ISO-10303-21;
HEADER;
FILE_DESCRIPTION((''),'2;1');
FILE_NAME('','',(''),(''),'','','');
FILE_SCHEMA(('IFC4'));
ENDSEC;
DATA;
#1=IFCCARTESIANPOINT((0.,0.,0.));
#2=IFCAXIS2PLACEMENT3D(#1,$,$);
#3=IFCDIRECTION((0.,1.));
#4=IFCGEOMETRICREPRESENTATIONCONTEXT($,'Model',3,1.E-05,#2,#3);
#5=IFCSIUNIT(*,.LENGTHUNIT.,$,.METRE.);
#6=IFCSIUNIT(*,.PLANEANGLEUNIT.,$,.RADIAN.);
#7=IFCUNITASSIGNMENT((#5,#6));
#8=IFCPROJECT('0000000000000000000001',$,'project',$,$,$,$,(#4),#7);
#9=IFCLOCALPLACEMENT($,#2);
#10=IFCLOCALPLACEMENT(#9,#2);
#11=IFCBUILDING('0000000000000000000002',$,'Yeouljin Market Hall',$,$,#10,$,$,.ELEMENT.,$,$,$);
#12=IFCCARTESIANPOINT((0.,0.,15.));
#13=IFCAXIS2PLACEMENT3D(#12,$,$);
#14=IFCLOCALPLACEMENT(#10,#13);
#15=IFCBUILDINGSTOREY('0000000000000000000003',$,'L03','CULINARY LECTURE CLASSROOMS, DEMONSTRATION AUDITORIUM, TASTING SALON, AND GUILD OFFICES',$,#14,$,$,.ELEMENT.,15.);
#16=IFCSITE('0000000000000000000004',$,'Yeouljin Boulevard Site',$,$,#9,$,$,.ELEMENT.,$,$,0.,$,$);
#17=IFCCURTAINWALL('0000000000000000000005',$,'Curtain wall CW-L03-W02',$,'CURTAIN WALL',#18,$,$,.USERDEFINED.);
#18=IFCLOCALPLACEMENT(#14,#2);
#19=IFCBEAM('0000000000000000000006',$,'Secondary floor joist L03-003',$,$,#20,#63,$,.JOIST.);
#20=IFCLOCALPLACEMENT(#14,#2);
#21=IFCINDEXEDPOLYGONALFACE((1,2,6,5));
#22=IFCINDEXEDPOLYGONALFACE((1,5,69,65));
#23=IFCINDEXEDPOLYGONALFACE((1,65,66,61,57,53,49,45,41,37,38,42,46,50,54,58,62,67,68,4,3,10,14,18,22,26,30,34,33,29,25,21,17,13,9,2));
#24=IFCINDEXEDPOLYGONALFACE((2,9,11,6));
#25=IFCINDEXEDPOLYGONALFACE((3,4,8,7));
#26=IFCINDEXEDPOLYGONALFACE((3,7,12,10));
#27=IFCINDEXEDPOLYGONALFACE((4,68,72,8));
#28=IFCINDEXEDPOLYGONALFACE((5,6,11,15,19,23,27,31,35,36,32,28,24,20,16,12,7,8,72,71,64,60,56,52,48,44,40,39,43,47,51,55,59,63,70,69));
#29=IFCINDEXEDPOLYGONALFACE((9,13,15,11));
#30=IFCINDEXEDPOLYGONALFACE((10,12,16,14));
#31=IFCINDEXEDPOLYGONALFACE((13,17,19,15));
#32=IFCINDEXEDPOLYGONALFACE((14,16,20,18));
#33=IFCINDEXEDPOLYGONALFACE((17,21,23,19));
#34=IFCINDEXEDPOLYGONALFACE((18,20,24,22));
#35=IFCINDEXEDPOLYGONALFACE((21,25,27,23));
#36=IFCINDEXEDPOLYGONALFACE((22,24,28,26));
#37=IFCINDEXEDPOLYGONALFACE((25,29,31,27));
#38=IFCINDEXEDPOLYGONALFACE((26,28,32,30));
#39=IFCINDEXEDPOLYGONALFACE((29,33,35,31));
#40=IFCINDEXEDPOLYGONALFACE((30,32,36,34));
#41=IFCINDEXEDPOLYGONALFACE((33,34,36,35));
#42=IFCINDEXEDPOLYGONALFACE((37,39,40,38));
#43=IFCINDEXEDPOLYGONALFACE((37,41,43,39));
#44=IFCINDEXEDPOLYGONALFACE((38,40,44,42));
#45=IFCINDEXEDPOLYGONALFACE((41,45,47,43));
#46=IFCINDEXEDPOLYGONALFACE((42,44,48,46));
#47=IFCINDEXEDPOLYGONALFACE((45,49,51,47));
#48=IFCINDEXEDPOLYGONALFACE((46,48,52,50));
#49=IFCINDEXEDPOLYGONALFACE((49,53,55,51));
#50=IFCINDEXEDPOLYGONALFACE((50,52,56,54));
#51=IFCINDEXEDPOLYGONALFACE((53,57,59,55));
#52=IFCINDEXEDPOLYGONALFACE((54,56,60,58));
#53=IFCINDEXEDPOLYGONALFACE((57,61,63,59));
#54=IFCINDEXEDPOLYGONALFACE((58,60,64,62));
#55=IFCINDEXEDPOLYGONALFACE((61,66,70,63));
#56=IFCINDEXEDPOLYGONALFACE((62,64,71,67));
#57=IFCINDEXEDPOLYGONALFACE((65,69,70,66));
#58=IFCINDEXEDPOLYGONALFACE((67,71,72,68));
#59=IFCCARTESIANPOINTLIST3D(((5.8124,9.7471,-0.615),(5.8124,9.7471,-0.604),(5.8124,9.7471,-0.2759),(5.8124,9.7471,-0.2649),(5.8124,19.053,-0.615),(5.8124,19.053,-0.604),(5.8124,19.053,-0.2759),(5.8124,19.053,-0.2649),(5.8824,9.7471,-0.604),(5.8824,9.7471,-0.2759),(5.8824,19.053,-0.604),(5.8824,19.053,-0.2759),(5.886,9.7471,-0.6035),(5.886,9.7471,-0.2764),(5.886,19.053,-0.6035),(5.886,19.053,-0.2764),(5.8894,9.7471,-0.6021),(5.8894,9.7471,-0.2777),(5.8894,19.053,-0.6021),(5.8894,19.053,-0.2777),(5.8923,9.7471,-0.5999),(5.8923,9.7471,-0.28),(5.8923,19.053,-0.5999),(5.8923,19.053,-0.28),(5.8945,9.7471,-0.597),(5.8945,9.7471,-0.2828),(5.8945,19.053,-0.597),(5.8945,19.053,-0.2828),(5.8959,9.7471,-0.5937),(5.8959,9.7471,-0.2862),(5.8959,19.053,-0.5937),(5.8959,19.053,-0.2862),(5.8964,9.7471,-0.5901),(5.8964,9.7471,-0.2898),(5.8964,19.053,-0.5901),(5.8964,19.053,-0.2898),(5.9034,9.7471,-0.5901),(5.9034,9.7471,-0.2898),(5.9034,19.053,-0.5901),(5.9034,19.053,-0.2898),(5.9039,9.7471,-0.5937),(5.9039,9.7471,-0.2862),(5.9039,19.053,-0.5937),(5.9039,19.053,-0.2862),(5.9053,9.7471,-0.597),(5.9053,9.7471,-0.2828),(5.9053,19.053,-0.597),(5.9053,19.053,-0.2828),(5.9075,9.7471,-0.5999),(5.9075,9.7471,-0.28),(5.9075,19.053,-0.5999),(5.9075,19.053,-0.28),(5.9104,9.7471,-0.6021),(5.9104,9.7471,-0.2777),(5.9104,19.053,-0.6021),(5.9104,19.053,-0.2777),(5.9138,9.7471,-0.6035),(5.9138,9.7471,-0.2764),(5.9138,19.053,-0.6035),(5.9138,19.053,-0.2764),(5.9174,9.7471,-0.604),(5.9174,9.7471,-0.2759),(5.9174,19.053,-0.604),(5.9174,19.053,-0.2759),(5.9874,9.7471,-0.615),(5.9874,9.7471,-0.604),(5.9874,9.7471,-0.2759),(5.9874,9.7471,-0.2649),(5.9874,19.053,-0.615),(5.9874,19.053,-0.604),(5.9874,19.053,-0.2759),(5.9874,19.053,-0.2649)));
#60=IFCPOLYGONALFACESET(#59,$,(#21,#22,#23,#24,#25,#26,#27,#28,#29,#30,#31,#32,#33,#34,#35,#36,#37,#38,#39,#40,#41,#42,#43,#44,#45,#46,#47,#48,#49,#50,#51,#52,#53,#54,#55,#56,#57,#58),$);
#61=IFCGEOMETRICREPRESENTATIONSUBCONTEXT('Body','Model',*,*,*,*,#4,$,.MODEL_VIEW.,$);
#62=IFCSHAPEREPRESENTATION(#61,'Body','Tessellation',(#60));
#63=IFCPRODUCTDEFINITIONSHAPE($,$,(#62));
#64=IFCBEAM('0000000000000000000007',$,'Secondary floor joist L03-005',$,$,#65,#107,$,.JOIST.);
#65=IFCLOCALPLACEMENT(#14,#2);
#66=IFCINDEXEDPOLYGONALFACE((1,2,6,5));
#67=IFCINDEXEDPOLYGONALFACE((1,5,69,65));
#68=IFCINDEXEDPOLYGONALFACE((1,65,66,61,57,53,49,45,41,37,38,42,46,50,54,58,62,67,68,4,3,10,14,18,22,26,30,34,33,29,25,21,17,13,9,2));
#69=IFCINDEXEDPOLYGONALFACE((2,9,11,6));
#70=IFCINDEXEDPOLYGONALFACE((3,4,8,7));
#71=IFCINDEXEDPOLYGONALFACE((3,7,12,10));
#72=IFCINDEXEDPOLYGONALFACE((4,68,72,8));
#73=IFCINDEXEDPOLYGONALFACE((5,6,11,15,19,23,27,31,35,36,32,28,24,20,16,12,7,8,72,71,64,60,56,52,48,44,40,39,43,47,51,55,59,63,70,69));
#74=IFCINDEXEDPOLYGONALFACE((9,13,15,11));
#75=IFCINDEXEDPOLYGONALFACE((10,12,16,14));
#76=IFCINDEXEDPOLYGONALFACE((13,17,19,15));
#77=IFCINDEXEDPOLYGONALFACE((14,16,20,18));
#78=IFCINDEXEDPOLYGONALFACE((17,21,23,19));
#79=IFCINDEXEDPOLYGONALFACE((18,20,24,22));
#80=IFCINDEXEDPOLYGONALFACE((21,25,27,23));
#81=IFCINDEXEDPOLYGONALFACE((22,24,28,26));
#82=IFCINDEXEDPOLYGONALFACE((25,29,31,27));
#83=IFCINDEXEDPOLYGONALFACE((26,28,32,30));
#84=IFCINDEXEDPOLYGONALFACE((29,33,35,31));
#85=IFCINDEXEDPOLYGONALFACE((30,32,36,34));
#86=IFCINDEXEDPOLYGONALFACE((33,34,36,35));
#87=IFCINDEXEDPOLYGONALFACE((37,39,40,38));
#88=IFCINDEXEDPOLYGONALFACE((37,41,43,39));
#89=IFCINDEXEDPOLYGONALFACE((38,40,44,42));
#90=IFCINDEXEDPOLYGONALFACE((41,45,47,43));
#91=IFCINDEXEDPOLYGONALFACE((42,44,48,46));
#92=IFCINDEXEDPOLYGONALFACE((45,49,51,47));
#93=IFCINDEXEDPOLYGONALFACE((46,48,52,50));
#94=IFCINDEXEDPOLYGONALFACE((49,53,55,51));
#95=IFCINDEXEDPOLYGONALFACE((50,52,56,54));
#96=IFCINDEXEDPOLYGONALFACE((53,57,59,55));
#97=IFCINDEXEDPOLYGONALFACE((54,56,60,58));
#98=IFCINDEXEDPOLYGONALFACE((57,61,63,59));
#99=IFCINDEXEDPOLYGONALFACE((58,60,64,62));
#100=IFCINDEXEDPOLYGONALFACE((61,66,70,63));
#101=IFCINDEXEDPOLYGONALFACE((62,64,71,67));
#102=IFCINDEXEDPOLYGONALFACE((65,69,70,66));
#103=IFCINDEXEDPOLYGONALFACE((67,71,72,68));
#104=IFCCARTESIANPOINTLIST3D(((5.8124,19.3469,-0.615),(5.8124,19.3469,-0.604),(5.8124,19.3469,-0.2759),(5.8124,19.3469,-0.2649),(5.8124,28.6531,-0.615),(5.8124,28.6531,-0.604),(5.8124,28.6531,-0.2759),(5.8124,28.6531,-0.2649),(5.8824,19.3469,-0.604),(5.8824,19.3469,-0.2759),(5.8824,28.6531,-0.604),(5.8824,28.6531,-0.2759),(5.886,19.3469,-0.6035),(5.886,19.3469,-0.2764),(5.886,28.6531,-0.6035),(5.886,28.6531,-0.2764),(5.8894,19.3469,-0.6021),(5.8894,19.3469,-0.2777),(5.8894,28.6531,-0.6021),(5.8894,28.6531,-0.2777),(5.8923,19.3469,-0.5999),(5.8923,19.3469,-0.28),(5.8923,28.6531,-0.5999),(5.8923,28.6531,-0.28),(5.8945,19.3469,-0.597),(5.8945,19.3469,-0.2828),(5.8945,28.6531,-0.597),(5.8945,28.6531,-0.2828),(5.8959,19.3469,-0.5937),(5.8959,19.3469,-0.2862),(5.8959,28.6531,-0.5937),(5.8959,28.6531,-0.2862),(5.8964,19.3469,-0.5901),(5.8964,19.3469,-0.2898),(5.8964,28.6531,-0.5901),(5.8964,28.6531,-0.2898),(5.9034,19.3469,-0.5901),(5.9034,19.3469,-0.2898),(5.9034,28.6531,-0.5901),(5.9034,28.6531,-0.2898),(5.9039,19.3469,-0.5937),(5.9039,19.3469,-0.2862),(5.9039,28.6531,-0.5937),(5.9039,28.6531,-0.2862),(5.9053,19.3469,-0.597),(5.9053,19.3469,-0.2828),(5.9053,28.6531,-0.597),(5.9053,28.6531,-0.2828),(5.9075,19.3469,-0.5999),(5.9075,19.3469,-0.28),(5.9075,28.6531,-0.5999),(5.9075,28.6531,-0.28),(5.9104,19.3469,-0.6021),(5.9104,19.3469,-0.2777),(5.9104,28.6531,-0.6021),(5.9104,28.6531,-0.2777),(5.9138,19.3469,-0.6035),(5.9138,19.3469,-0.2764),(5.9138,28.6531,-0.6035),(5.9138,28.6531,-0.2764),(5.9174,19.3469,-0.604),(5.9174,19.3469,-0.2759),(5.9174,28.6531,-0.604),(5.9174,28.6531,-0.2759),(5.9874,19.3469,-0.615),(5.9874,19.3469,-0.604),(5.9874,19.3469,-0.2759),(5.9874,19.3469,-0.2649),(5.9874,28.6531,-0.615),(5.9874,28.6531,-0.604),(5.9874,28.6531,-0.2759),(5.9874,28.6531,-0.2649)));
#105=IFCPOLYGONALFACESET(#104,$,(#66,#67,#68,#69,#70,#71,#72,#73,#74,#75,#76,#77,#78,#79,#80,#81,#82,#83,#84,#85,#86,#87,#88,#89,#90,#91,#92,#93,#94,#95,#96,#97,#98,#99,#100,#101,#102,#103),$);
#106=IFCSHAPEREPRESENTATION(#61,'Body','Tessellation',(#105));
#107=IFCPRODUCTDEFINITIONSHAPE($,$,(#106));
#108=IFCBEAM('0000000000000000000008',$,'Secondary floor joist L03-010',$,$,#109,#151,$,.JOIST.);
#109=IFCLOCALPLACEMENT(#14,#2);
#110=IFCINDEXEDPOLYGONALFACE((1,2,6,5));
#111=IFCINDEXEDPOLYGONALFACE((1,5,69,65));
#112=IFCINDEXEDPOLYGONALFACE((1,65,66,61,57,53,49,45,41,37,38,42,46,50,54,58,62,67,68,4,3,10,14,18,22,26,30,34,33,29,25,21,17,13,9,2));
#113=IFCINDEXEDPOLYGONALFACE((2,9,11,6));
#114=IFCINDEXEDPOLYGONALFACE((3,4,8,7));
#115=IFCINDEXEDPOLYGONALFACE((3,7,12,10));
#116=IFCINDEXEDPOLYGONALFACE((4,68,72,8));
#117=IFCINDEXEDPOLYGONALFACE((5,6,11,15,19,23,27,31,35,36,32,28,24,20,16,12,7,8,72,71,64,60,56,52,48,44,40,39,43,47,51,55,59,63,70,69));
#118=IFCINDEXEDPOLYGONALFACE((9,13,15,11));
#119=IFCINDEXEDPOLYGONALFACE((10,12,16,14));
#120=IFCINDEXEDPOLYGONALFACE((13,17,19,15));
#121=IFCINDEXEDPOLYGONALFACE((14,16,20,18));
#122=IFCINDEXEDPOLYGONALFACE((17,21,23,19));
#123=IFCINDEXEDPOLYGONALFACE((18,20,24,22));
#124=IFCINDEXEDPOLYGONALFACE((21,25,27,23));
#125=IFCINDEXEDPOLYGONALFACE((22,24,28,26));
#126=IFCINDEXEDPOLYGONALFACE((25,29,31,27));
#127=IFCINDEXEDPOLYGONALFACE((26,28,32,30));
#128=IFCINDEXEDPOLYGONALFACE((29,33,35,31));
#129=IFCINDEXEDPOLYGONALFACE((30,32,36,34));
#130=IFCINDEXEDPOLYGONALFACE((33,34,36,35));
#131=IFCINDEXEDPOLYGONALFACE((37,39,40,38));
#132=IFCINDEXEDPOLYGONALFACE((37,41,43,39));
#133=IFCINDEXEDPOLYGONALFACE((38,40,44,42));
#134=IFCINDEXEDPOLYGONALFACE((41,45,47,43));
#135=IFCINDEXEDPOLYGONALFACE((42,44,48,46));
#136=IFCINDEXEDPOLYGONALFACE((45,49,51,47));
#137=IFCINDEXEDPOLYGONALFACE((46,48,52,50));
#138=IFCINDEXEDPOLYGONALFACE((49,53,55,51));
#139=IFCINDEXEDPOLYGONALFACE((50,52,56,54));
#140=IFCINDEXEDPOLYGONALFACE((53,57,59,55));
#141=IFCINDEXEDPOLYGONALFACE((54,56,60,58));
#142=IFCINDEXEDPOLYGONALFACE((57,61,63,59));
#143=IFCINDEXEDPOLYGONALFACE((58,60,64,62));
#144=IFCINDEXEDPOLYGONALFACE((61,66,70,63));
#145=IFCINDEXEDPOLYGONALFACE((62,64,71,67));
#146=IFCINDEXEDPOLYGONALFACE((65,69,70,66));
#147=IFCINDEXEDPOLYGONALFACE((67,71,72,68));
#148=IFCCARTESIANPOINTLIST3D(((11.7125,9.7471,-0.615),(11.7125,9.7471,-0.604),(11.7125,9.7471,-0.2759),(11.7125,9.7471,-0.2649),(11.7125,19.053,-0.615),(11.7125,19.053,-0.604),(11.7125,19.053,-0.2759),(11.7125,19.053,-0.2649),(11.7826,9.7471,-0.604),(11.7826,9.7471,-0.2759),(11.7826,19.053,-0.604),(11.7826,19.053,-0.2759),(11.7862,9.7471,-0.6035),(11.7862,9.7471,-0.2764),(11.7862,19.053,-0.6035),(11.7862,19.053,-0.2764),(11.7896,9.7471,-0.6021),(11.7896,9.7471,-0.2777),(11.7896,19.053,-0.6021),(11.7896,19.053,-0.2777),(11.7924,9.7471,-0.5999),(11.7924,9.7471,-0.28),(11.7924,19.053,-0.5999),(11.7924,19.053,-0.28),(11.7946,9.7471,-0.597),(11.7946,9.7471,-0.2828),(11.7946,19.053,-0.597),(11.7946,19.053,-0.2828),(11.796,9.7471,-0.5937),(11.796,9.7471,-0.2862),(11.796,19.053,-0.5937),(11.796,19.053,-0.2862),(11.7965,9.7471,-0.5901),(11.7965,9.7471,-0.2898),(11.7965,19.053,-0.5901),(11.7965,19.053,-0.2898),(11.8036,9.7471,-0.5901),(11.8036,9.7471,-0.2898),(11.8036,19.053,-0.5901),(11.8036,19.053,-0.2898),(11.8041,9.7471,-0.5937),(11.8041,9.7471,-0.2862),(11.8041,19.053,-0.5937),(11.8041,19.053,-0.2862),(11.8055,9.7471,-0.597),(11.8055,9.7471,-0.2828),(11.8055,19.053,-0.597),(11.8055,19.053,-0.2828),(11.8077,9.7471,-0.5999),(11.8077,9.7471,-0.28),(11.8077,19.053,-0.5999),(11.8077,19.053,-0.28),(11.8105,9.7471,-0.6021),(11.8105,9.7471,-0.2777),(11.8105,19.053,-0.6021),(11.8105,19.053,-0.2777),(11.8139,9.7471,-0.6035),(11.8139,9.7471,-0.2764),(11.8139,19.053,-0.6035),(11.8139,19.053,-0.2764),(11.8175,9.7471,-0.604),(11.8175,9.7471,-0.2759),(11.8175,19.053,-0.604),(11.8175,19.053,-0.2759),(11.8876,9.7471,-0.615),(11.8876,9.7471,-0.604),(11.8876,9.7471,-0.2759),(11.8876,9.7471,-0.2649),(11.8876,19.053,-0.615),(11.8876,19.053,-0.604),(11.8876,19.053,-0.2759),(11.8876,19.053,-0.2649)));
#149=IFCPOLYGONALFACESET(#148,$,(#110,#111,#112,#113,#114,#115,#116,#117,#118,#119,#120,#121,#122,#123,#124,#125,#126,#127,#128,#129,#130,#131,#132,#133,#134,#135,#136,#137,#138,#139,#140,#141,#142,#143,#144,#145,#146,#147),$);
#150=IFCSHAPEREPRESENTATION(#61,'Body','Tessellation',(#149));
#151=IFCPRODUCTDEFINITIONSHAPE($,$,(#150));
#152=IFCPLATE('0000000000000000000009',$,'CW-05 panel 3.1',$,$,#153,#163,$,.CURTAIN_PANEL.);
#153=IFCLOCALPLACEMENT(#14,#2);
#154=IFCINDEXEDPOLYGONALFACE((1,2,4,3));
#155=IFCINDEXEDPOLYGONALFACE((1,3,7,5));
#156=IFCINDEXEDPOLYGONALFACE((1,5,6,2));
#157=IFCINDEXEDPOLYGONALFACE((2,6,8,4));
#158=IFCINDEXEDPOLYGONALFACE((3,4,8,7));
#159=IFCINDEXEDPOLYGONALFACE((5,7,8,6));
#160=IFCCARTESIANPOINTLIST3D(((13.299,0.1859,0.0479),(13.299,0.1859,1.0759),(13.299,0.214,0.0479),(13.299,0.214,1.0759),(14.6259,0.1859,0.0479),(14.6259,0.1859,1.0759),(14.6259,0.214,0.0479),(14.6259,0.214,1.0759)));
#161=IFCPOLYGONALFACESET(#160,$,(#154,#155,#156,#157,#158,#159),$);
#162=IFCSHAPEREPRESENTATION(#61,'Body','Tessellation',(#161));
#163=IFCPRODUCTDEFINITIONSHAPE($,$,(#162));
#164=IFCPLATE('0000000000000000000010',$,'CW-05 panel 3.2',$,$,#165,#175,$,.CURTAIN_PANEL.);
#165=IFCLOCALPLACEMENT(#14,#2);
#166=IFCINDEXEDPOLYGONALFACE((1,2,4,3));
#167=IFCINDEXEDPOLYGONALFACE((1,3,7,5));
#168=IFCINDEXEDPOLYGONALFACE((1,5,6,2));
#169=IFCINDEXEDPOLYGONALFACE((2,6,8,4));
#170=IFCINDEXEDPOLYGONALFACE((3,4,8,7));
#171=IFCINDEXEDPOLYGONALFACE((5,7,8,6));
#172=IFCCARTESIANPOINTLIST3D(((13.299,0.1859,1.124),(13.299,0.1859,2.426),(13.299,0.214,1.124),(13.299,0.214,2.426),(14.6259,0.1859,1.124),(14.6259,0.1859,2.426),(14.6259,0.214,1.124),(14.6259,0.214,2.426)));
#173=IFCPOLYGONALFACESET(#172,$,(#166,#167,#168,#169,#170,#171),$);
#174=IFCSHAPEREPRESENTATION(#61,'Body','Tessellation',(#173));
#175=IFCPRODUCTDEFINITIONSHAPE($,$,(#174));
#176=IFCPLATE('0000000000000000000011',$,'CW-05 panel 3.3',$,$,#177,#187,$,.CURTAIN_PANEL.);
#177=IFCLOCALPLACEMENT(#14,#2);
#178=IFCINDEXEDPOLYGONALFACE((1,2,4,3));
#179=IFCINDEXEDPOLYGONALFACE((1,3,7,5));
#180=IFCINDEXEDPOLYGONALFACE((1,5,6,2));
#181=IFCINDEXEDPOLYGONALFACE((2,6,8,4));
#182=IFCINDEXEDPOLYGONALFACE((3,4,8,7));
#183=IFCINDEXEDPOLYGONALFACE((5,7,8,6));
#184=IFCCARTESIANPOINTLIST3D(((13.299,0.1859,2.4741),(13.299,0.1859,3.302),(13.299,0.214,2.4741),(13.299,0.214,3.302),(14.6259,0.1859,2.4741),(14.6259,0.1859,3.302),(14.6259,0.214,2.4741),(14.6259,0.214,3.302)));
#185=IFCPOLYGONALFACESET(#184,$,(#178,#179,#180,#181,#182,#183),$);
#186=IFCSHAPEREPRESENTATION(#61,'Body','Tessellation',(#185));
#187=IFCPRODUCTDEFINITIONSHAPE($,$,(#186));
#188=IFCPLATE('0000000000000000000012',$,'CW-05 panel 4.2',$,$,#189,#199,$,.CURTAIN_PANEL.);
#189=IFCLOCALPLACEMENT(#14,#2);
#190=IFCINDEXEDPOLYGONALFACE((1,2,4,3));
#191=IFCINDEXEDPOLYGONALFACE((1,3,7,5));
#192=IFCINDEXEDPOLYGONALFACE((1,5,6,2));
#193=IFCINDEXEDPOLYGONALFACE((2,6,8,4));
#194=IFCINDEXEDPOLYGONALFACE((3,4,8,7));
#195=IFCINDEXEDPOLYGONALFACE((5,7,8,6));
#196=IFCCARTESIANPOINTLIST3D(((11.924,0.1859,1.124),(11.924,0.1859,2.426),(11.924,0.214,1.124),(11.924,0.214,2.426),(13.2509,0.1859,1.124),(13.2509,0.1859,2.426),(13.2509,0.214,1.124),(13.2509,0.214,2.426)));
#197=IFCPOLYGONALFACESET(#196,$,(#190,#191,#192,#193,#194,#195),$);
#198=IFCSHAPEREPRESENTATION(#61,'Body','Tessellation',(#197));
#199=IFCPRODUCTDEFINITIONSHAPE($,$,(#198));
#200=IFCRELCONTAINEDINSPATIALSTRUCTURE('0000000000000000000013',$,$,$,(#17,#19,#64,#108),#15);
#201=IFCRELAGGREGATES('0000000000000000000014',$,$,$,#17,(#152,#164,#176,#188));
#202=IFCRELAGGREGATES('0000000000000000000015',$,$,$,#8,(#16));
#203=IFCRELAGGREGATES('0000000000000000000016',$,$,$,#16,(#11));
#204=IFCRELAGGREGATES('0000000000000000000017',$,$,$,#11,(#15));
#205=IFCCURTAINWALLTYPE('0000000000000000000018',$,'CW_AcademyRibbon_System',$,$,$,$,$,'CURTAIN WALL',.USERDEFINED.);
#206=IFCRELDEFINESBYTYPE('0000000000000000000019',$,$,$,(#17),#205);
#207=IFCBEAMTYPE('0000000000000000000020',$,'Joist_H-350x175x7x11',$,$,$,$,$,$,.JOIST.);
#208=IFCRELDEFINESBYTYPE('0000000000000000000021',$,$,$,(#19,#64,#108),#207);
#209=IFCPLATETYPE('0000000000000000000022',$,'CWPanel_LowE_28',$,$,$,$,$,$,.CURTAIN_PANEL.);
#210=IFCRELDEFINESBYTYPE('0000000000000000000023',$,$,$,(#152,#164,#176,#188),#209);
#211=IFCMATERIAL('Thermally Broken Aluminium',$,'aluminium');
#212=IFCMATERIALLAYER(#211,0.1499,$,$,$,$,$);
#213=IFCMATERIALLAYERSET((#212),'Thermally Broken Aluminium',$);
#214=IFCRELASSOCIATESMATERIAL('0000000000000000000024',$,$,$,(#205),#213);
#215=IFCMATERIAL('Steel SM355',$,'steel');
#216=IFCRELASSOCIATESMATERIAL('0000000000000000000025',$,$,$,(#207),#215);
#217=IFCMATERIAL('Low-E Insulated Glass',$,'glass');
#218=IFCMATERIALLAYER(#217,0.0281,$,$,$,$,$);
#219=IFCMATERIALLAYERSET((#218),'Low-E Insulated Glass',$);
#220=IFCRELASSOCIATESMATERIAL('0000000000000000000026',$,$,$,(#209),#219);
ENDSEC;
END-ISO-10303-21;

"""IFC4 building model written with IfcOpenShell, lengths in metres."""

from ifc_helpers import new_model, si_unit, direction, frame, origin, origin_2d, place, context, subcontext, project, spatial, rectangle, i_section, extrude, material, layer, layer_set, material_profile, profile_set, type_object, element, aggregate, save


model = new_model("IFC4")

# Units and contexts
model_context = context("Model", 3, precision=1e-05, world=origin(), true_north=direction((0.0, 1.0)))
body_context = subcontext(model_context, "Body", "Model", "MODEL_VIEW")
ifc_project = project(units=[si_unit("LENGTHUNIT", "METRE"), si_unit("PLANEANGLEUNIT", "RADIAN")], contexts=[model_context])

# Site, building, storey
site_placement = place(None, origin())
site = spatial("IfcSite", under=ifc_project, at=site_placement, Name="Yeouljin Boulevard Site", CompositionType="ELEMENT", RefElevation=0.0)
building_placement = place(site_placement, origin())
building = spatial("IfcBuilding", under=site, at=building_placement, Name="Yeouljin Market Hall", CompositionType="ELEMENT")
storey_placement = place(building_placement, frame((0.0, 0.0, 15.0)))
storey = spatial("IfcBuildingStorey", under=building, at=storey_placement, Name="L03", Description="CULINARY LECTURE CLASSROOMS, DEMONSTRATION AUDITORIUM, TASTING SALON, AND GUILD OFFICES", CompositionType="ELEMENT", Elevation=15.0)

# Curtain wall
ifc_material_1 = material(Name="Thermally Broken Aluminium", Category="aluminium")
ifc_layer_1 = layer(ifc_material_1, 0.1499)
ifc_layer_set_1 = layer_set([ifc_layer_1], Name="Thermally Broken Aluminium")
curtain_wall_type = type_object("IfcCurtainWallType", Name="CW_AcademyRibbon_System", ElementType="CURTAIN WALL", PredefinedType="USERDEFINED", material=ifc_layer_set_1)
curtain_wall_placement = place(storey_placement, origin())
curtain_wall = element("IfcCurtainWall", 1, at=curtain_wall_placement, inside=storey, type_object=curtain_wall_type, Name="Curtain wall CW-L03-W02", ObjectType="CURTAIN WALL", PredefinedType="USERDEFINED")

# Beams
ifc_material_2 = material(Name="Steel SM355", Category="steel")
ifc_material_profile_1 = material_profile(ifc_material_2, i_section(OverallWidth=0.175, OverallDepth=0.3501, WebThickness=0.0071, FlangeThickness=0.011, FilletRadius=0.0139, at=origin_2d()), Name="H-350x175x7x11")
ifc_profile_set_1 = profile_set([ifc_material_profile_1], Name="Steel SM355")
beam_type_1 = type_object("IfcBeamType", Name="Joist_H-350x175x7x11", PredefinedType="JOIST", material=ifc_profile_set_1)
beam_1_placement = place(storey_placement, frame((5.8999, 9.7471, -0.4399), z_axis=(0.0, 1.0, 0.0), x_axis=(-1.0, 0.0, 0.0)))
element("IfcBeam", 2, at=beam_1_placement, inside=storey, type_object=beam_type_1, Name="Secondary floor joist L03-003", PredefinedType="JOIST", context=body_context, shape_type="SweptSolid", body=[
    extrude(i_section(OverallWidth=0.175, OverallDepth=0.3501, WebThickness=0.0071, FlangeThickness=0.011, FilletRadius=0.0139, at=origin_2d()), origin(), (0.0, 0.0, 1.0), 9.3059),
])
beam_2_placement = place(storey_placement, frame((5.8999, 19.3469, -0.4399), z_axis=(0.0, 1.0, 0.0), x_axis=(-1.0, 0.0, 0.0)))
element("IfcBeam", 3, at=beam_2_placement, inside=storey, type_object=beam_type_1, Name="Secondary floor joist L03-005", PredefinedType="JOIST", context=body_context, shape_type="SweptSolid", body=[
    extrude(i_section(OverallWidth=0.175, OverallDepth=0.3501, WebThickness=0.0071, FlangeThickness=0.011, FilletRadius=0.0139, at=origin_2d()), origin(), (0.0, 0.0, 1.0), 9.3062),
])
beam_3_placement = place(storey_placement, frame((11.8, 9.7471, -0.4399), z_axis=(0.0, 1.0, 0.0), x_axis=(-1.0, 0.0, 0.0)))
element("IfcBeam", 4, at=beam_3_placement, inside=storey, type_object=beam_type_1, Name="Secondary floor joist L03-010", PredefinedType="JOIST", context=body_context, shape_type="SweptSolid", body=[
    extrude(i_section(OverallWidth=0.175, OverallDepth=0.3501, WebThickness=0.0071, FlangeThickness=0.011, FilletRadius=0.0139, at=origin_2d()), origin(), (0.0, 0.0, 1.0), 9.3059),
])

# Plates
ifc_material_3 = material(Name="Low-E Insulated Glass", Category="glass")
ifc_layer_2 = layer(ifc_material_3, 0.0281)
ifc_layer_set_2 = layer_set([ifc_layer_2], Name="Low-E Insulated Glass")
plate_type = type_object("IfcPlateType", Name="CWPanel_LowE_28", PredefinedType="CURTAIN_PANEL", material=ifc_layer_set_2)
plate_1_placement = place(storey_placement, frame((13.9624, 0.2, 0.0479), z_axis=(0.0, 0.0, 1.0), x_axis=(-1.0, 0.0, 0.0)))
plate_1 = element("IfcPlate", 5, at=plate_1_placement, type_object=plate_type, Name="CW-05 panel 3.1", PredefinedType="CURTAIN_PANEL", context=body_context, shape_type="SweptSolid", body=[
    extrude(rectangle(XDim=1.3269, YDim=0.0281, at=origin_2d()), origin(), (0.0, 0.0, 1.0), 1.0281),
])
plate_2_placement = place(storey_placement, frame((13.9624, 0.2, 1.124), z_axis=(0.0, 0.0, 1.0), x_axis=(-1.0, 0.0, 0.0)))
plate_2 = element("IfcPlate", 6, at=plate_2_placement, type_object=plate_type, Name="CW-05 panel 3.2", PredefinedType="CURTAIN_PANEL", context=body_context, shape_type="SweptSolid", body=[
    extrude(rectangle(XDim=1.3269, YDim=0.0281, at=origin_2d()), origin(), (0.0, 0.0, 1.0), 1.302),
])
plate_3_placement = place(storey_placement, frame((13.9624, 0.2, 2.4741), z_axis=(0.0, 0.0, 1.0), x_axis=(-1.0, 0.0, 0.0)))
plate_3 = element("IfcPlate", 7, at=plate_3_placement, type_object=plate_type, Name="CW-05 panel 3.3", PredefinedType="CURTAIN_PANEL", context=body_context, shape_type="SweptSolid", body=[
    extrude(rectangle(XDim=1.3269, YDim=0.0281, at=origin_2d()), origin(), (0.0, 0.0, 1.0), 0.8279),
])
plate_4_placement = place(storey_placement, frame((12.5874, 0.2, 1.124), z_axis=(0.0, 0.0, 1.0), x_axis=(-1.0, 0.0, 0.0)))
plate_4 = element("IfcPlate", 8, at=plate_4_placement, type_object=plate_type, Name="CW-05 panel 4.2", PredefinedType="CURTAIN_PANEL", context=body_context, shape_type="SweptSolid", body=[
    extrude(rectangle(XDim=1.3269, YDim=0.0281, at=origin_2d()), origin(), (0.0, 0.0, 1.0), 1.302),
])
aggregate(curtain_wall, [plate_1, plate_2, plate_3, plate_4])

save(model, "model.ifc")
